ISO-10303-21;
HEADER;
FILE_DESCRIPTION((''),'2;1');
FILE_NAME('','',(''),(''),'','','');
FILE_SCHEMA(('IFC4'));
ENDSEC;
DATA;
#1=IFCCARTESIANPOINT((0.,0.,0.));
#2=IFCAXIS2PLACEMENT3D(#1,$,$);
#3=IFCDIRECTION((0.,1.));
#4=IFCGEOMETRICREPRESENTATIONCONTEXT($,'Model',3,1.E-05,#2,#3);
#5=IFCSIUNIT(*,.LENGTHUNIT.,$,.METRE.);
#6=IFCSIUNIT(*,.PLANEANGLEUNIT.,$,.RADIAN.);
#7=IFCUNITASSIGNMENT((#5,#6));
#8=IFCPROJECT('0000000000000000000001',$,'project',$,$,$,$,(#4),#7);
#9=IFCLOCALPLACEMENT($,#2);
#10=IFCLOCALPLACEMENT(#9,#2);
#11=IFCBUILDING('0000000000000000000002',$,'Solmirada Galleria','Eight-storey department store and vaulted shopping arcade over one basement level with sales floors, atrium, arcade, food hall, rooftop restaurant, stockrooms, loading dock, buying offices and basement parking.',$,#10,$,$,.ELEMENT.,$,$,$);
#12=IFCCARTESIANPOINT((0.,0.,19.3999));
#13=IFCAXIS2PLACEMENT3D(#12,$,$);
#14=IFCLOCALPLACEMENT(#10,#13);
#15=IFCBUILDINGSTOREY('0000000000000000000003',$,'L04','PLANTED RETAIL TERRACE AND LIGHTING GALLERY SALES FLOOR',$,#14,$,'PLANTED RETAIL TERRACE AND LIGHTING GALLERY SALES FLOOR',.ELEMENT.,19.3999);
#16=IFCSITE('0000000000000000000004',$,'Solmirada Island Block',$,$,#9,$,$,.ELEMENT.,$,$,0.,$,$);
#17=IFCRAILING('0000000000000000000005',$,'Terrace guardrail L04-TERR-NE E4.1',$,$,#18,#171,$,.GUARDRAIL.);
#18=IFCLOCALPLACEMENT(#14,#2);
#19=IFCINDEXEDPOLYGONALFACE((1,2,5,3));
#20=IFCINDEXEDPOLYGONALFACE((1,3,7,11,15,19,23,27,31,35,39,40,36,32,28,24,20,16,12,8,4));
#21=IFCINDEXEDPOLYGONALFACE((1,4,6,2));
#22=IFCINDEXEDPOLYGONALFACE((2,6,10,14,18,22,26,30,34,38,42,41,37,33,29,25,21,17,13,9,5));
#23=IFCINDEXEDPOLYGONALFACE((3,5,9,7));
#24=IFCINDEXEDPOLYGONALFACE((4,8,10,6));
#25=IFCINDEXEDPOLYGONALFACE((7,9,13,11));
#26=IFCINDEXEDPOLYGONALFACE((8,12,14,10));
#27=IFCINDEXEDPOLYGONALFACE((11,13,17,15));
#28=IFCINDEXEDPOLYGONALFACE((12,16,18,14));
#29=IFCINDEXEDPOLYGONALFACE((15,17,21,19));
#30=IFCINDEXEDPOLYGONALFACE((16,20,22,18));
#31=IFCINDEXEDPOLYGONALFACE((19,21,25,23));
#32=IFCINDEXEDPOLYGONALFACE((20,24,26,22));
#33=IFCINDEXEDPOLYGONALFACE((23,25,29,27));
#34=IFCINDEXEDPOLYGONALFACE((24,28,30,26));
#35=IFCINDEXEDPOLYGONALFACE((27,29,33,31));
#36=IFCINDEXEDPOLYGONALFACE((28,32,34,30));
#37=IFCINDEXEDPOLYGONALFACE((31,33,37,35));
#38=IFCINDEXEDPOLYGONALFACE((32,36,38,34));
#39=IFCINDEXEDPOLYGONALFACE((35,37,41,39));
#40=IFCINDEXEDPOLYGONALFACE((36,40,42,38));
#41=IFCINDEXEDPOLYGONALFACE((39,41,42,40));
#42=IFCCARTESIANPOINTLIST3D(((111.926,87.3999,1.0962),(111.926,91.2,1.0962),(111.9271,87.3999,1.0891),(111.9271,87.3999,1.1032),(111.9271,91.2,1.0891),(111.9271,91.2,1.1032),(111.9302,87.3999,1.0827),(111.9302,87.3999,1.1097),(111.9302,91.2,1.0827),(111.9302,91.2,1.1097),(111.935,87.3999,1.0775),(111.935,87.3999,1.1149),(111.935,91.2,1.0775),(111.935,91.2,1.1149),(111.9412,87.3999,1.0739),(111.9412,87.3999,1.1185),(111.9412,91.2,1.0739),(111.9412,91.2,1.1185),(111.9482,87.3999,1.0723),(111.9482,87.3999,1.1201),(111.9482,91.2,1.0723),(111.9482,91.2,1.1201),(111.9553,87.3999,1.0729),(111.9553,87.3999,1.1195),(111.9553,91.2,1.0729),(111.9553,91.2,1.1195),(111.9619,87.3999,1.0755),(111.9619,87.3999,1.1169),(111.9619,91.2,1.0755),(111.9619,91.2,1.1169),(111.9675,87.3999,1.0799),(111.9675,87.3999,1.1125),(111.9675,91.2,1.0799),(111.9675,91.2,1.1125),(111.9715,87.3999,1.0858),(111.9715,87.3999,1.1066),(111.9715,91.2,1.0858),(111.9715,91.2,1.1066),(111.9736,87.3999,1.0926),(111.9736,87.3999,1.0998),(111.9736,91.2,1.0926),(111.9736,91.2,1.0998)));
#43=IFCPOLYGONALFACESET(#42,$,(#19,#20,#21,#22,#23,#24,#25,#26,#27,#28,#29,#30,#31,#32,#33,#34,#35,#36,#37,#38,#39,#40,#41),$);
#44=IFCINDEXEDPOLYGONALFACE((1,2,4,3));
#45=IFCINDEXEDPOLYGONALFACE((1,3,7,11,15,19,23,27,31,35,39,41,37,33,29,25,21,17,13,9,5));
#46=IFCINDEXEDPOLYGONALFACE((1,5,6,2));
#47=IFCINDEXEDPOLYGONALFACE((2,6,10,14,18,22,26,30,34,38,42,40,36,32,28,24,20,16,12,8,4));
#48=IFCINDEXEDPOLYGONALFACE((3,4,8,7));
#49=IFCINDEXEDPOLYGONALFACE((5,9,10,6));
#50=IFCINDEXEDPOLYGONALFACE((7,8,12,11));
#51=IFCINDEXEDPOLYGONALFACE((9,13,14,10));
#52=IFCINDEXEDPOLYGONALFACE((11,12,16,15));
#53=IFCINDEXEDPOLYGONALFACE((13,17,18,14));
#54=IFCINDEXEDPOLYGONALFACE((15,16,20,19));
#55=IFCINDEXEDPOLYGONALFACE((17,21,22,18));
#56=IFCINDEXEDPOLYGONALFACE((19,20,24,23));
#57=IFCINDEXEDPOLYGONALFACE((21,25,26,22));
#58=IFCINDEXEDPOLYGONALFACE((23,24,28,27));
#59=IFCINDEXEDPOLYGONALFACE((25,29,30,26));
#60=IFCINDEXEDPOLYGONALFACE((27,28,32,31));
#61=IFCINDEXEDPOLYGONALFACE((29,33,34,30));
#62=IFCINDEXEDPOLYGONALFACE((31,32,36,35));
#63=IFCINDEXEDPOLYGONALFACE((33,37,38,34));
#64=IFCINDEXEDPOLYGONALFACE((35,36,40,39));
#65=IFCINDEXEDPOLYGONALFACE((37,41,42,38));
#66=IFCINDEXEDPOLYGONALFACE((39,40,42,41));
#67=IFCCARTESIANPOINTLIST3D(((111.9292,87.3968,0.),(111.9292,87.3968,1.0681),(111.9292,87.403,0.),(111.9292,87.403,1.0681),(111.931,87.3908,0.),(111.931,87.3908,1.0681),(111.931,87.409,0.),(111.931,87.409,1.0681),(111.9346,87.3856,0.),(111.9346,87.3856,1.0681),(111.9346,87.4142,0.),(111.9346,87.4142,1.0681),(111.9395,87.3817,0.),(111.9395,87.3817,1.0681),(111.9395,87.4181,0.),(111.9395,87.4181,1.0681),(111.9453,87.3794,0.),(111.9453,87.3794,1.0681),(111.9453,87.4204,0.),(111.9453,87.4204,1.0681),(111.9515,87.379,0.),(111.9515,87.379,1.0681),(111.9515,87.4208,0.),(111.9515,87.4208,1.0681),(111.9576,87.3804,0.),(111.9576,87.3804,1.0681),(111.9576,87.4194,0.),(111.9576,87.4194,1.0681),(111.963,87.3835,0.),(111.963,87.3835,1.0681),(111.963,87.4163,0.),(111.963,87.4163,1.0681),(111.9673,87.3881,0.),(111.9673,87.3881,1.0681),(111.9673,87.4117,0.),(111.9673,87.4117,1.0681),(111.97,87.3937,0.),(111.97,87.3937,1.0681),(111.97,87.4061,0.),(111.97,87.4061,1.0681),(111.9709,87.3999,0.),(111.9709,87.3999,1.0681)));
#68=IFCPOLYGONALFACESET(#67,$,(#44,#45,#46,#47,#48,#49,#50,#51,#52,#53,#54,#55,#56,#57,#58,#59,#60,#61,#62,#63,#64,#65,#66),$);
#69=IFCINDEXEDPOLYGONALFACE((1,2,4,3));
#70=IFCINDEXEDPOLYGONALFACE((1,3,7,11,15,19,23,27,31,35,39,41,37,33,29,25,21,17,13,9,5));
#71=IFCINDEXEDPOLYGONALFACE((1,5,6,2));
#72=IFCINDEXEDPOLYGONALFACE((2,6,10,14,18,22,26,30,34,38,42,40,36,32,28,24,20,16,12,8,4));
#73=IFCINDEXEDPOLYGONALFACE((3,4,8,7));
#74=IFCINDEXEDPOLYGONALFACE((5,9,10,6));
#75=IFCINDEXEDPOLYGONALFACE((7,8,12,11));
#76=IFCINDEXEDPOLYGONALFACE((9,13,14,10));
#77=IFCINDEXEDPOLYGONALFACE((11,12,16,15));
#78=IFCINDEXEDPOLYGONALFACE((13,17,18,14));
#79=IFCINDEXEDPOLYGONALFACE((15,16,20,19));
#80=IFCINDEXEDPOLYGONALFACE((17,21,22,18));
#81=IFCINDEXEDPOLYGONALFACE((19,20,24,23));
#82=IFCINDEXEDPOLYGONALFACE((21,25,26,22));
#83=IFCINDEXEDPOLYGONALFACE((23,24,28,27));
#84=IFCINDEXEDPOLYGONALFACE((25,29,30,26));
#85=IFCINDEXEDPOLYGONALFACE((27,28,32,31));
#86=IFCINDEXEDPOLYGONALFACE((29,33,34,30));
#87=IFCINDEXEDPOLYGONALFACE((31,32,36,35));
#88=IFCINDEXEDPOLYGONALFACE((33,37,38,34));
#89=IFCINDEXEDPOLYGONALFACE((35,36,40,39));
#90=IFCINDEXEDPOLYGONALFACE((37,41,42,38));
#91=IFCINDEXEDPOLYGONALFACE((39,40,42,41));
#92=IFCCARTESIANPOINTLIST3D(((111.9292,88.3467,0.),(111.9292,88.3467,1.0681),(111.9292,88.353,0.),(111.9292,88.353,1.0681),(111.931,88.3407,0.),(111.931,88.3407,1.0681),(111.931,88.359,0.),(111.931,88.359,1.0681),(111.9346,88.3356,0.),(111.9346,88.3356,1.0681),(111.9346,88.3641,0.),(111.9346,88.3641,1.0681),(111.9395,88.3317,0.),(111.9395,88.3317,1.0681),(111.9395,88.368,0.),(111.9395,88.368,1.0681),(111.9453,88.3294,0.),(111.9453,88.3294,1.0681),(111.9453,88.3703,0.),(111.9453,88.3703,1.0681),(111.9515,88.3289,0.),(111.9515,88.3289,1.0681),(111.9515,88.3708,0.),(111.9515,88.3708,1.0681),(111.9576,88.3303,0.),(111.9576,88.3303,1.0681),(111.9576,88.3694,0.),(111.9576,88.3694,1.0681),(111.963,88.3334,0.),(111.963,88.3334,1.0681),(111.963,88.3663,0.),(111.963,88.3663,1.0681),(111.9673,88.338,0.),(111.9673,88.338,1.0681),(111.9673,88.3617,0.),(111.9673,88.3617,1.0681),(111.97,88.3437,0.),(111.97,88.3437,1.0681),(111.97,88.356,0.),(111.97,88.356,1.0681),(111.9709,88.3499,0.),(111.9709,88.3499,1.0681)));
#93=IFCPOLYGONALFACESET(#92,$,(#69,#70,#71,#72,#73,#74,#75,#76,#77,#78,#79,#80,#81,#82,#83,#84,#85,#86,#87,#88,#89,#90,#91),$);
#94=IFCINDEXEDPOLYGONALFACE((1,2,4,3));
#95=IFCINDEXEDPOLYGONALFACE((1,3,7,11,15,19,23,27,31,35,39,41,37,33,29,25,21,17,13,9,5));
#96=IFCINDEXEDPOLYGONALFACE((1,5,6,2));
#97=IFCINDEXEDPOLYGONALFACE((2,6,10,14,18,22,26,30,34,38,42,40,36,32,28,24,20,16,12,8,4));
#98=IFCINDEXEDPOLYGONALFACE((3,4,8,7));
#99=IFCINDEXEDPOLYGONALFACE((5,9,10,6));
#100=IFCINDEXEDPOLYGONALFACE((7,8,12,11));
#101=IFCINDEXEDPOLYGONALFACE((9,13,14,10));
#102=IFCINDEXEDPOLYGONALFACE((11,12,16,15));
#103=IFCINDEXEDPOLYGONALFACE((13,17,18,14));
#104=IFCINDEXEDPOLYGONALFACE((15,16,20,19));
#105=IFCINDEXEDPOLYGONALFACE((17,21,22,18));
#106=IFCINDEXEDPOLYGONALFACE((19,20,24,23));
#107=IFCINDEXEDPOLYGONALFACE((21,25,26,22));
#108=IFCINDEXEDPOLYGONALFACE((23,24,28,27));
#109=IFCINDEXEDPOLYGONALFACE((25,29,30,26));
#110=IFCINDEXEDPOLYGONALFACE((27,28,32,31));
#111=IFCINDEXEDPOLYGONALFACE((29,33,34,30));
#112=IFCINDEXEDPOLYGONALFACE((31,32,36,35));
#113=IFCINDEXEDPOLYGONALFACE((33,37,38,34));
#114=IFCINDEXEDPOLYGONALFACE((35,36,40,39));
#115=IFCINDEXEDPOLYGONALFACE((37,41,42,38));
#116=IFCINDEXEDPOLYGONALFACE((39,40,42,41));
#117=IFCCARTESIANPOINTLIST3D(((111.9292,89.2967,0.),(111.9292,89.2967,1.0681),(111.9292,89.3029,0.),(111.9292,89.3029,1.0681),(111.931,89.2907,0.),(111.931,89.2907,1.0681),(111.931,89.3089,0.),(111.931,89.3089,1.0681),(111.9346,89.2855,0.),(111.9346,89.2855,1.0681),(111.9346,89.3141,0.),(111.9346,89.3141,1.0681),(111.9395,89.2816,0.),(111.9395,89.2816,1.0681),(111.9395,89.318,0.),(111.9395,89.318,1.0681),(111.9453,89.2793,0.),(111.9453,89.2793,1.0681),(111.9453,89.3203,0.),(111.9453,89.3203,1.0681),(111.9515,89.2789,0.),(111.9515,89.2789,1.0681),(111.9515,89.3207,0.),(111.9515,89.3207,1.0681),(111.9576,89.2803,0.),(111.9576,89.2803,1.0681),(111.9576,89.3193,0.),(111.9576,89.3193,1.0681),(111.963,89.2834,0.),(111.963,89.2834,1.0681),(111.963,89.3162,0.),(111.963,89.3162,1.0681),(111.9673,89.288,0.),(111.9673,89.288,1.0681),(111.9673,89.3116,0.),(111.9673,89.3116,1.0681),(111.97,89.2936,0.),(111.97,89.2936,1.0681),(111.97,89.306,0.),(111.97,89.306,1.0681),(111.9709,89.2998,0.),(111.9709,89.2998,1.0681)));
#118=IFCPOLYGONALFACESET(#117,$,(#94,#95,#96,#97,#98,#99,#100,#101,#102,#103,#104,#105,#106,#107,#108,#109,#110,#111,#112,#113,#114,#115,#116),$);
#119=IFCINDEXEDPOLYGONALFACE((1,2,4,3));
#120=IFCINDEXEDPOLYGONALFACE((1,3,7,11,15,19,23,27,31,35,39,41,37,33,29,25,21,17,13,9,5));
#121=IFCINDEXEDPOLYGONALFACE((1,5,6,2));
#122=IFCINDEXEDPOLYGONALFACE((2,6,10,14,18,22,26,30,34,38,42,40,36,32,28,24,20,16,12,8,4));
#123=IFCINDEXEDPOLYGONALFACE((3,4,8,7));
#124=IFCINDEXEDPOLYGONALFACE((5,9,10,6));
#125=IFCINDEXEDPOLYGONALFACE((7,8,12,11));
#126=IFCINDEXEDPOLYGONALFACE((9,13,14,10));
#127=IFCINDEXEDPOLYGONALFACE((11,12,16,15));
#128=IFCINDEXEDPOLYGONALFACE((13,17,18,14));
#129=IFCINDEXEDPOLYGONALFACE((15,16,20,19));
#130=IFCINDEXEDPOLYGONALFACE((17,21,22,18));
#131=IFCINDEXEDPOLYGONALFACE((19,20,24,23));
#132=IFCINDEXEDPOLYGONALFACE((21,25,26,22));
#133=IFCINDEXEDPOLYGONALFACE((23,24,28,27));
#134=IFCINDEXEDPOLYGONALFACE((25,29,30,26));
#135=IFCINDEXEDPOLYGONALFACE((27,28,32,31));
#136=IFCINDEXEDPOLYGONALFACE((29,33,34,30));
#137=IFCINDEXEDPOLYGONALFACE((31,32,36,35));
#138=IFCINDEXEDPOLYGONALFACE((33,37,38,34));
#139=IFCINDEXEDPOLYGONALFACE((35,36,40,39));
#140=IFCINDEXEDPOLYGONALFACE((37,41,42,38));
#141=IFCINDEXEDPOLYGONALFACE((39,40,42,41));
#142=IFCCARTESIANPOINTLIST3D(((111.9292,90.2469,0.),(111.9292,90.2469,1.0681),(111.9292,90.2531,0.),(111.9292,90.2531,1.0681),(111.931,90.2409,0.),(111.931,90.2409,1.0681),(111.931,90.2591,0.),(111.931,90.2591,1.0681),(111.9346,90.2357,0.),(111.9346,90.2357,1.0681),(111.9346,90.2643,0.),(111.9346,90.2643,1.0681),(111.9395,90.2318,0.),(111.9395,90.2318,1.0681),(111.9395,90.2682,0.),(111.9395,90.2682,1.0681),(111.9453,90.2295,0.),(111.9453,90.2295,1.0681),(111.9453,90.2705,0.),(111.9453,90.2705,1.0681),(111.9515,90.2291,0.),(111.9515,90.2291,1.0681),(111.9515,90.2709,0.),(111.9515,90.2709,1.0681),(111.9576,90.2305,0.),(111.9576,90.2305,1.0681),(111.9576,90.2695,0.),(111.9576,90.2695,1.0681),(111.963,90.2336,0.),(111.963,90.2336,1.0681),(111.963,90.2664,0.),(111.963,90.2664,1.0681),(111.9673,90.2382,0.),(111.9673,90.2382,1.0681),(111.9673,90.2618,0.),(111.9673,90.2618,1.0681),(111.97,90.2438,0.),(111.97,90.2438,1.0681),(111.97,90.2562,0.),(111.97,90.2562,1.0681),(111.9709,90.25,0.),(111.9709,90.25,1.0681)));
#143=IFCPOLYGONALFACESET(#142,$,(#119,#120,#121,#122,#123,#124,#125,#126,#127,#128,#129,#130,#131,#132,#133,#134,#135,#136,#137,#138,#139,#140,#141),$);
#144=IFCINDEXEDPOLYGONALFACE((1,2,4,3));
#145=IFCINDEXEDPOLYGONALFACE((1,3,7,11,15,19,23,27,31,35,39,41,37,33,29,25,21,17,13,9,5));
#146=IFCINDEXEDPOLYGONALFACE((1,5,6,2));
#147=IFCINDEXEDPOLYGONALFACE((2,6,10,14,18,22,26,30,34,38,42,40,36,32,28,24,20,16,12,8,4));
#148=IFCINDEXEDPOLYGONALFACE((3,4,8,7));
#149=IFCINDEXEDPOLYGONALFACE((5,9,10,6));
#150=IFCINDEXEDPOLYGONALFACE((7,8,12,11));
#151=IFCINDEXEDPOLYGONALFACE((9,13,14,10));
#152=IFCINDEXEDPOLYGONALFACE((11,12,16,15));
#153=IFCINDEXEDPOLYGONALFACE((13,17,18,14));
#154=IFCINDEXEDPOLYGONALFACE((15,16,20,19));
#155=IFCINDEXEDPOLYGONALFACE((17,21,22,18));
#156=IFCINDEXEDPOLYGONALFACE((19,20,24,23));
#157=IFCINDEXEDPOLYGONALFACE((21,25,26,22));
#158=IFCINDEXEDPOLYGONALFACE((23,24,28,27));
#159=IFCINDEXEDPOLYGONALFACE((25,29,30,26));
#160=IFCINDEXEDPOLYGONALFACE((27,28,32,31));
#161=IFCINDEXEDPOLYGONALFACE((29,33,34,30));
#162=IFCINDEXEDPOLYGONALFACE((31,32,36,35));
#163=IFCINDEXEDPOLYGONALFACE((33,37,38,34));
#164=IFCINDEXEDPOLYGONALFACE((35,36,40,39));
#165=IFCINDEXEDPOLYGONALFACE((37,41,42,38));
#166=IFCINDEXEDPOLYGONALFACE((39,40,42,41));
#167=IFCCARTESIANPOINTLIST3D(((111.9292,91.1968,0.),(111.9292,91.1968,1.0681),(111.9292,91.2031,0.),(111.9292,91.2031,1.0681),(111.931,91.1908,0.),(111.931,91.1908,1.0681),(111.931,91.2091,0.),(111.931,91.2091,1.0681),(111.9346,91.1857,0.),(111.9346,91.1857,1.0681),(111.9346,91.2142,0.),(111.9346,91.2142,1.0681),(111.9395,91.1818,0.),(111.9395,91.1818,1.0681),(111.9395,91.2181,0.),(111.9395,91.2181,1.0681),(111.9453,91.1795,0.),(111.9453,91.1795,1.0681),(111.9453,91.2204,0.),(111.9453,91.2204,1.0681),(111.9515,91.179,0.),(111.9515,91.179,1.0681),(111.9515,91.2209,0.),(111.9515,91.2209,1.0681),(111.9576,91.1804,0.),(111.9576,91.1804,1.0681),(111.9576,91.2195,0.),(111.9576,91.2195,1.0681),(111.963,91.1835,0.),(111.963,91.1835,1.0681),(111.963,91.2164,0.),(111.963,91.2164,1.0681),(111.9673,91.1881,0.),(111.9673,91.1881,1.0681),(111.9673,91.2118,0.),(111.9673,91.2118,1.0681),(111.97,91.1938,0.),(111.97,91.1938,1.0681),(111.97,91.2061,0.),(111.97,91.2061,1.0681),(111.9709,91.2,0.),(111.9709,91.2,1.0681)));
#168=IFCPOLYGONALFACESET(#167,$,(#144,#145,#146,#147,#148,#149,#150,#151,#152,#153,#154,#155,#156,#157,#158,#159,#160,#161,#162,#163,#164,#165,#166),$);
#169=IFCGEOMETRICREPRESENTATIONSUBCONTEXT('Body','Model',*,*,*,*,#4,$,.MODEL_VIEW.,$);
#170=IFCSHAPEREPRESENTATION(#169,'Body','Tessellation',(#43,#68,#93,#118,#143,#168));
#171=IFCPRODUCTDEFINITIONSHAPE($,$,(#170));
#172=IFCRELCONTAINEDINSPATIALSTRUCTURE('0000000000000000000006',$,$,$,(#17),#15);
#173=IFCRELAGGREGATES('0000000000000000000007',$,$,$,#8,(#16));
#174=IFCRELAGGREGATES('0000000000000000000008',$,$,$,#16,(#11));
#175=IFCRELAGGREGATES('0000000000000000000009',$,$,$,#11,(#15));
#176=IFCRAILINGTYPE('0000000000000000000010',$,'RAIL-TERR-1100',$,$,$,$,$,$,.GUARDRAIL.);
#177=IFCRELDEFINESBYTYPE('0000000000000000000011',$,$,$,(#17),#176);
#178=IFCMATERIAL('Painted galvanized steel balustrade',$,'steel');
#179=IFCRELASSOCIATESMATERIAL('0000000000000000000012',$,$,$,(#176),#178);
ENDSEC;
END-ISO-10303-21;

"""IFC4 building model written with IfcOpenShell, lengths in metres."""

from ifc_helpers import new_model, si_unit, direction, frame, origin, origin_2d, place, context, subcontext, project, spatial, circle, extrude, material, type_object, element, save


model = new_model("IFC4")

# Units and contexts
model_context = context("Model", 3, precision=1e-05, world=origin(), true_north=direction((0.0, 1.0)))
body_context = subcontext(model_context, "Body", "Model", "MODEL_VIEW")
ifc_project = project(units=[si_unit("LENGTHUNIT", "METRE"), si_unit("PLANEANGLEUNIT", "RADIAN")], contexts=[model_context])

# Site, building, storey
site_placement = place(None, origin())
site = spatial("IfcSite", under=ifc_project, at=site_placement, Name="Solmirada Island Block", CompositionType="ELEMENT", RefElevation=0.0)
building_placement = place(site_placement, origin())
building = spatial("IfcBuilding", under=site, at=building_placement, Name="Solmirada Galleria", Description="Eight-storey department store and vaulted shopping arcade over one basement level with sales floors, atrium, arcade, food hall, rooftop restaurant, stockrooms, loading dock, buying offices and basement parking.", CompositionType="ELEMENT")
storey_placement = place(building_placement, frame((0.0, 0.0, 19.3999)))
storey = spatial("IfcBuildingStorey", under=building, at=storey_placement, Name="L04", Description="PLANTED RETAIL TERRACE AND LIGHTING GALLERY SALES FLOOR", LongName="PLANTED RETAIL TERRACE AND LIGHTING GALLERY SALES FLOOR", CompositionType="ELEMENT", Elevation=19.3999)

# Railing
ifc_material_1 = material(Name="Painted galvanized steel balustrade", Category="steel")
railing_type = type_object("IfcRailingType", Name="RAIL-TERR-1100", PredefinedType="GUARDRAIL", material=ifc_material_1)
railing_1_placement = place(storey_placement, frame((111.95, 87.3999, 0.0)))
element("IfcRailing", 1, at=railing_1_placement, inside=storey, type_object=railing_type, Name="Terrace guardrail L04-TERR-NE E4.1", PredefinedType="GUARDRAIL", context=body_context, shape_type="SweptSolid", body=[
    extrude(circle(Radius=0.0239, at=origin_2d()), frame((0.0, 0.0, 1.0962), z_axis=(0.0, 1.0, 0.0), x_axis=(-1.0, 0.0, 0.0)), (0.0, 0.0, 1.0), 3.8),
    extrude(circle(Radius=0.021, at=origin_2d()), origin(), (0.0, 0.0, 1.0), 1.0681),
    extrude(circle(Radius=0.021, at=origin_2d()), frame((0.0, 0.95, 0.0)), (0.0, 0.0, 1.0), 1.0681),
    extrude(circle(Radius=0.021, at=origin_2d()), frame((0.0, 1.8999, 0.0)), (0.0, 0.0, 1.0), 1.0681),
    extrude(circle(Radius=0.021, at=origin_2d()), frame((0.0, 2.8501, 0.0)), (0.0, 0.0, 1.0), 1.0681),
    extrude(circle(Radius=0.021, at=origin_2d()), frame((0.0, 3.8, 0.0)), (0.0, 0.0, 1.0), 1.0681),
])

save(model, "model.ifc")
